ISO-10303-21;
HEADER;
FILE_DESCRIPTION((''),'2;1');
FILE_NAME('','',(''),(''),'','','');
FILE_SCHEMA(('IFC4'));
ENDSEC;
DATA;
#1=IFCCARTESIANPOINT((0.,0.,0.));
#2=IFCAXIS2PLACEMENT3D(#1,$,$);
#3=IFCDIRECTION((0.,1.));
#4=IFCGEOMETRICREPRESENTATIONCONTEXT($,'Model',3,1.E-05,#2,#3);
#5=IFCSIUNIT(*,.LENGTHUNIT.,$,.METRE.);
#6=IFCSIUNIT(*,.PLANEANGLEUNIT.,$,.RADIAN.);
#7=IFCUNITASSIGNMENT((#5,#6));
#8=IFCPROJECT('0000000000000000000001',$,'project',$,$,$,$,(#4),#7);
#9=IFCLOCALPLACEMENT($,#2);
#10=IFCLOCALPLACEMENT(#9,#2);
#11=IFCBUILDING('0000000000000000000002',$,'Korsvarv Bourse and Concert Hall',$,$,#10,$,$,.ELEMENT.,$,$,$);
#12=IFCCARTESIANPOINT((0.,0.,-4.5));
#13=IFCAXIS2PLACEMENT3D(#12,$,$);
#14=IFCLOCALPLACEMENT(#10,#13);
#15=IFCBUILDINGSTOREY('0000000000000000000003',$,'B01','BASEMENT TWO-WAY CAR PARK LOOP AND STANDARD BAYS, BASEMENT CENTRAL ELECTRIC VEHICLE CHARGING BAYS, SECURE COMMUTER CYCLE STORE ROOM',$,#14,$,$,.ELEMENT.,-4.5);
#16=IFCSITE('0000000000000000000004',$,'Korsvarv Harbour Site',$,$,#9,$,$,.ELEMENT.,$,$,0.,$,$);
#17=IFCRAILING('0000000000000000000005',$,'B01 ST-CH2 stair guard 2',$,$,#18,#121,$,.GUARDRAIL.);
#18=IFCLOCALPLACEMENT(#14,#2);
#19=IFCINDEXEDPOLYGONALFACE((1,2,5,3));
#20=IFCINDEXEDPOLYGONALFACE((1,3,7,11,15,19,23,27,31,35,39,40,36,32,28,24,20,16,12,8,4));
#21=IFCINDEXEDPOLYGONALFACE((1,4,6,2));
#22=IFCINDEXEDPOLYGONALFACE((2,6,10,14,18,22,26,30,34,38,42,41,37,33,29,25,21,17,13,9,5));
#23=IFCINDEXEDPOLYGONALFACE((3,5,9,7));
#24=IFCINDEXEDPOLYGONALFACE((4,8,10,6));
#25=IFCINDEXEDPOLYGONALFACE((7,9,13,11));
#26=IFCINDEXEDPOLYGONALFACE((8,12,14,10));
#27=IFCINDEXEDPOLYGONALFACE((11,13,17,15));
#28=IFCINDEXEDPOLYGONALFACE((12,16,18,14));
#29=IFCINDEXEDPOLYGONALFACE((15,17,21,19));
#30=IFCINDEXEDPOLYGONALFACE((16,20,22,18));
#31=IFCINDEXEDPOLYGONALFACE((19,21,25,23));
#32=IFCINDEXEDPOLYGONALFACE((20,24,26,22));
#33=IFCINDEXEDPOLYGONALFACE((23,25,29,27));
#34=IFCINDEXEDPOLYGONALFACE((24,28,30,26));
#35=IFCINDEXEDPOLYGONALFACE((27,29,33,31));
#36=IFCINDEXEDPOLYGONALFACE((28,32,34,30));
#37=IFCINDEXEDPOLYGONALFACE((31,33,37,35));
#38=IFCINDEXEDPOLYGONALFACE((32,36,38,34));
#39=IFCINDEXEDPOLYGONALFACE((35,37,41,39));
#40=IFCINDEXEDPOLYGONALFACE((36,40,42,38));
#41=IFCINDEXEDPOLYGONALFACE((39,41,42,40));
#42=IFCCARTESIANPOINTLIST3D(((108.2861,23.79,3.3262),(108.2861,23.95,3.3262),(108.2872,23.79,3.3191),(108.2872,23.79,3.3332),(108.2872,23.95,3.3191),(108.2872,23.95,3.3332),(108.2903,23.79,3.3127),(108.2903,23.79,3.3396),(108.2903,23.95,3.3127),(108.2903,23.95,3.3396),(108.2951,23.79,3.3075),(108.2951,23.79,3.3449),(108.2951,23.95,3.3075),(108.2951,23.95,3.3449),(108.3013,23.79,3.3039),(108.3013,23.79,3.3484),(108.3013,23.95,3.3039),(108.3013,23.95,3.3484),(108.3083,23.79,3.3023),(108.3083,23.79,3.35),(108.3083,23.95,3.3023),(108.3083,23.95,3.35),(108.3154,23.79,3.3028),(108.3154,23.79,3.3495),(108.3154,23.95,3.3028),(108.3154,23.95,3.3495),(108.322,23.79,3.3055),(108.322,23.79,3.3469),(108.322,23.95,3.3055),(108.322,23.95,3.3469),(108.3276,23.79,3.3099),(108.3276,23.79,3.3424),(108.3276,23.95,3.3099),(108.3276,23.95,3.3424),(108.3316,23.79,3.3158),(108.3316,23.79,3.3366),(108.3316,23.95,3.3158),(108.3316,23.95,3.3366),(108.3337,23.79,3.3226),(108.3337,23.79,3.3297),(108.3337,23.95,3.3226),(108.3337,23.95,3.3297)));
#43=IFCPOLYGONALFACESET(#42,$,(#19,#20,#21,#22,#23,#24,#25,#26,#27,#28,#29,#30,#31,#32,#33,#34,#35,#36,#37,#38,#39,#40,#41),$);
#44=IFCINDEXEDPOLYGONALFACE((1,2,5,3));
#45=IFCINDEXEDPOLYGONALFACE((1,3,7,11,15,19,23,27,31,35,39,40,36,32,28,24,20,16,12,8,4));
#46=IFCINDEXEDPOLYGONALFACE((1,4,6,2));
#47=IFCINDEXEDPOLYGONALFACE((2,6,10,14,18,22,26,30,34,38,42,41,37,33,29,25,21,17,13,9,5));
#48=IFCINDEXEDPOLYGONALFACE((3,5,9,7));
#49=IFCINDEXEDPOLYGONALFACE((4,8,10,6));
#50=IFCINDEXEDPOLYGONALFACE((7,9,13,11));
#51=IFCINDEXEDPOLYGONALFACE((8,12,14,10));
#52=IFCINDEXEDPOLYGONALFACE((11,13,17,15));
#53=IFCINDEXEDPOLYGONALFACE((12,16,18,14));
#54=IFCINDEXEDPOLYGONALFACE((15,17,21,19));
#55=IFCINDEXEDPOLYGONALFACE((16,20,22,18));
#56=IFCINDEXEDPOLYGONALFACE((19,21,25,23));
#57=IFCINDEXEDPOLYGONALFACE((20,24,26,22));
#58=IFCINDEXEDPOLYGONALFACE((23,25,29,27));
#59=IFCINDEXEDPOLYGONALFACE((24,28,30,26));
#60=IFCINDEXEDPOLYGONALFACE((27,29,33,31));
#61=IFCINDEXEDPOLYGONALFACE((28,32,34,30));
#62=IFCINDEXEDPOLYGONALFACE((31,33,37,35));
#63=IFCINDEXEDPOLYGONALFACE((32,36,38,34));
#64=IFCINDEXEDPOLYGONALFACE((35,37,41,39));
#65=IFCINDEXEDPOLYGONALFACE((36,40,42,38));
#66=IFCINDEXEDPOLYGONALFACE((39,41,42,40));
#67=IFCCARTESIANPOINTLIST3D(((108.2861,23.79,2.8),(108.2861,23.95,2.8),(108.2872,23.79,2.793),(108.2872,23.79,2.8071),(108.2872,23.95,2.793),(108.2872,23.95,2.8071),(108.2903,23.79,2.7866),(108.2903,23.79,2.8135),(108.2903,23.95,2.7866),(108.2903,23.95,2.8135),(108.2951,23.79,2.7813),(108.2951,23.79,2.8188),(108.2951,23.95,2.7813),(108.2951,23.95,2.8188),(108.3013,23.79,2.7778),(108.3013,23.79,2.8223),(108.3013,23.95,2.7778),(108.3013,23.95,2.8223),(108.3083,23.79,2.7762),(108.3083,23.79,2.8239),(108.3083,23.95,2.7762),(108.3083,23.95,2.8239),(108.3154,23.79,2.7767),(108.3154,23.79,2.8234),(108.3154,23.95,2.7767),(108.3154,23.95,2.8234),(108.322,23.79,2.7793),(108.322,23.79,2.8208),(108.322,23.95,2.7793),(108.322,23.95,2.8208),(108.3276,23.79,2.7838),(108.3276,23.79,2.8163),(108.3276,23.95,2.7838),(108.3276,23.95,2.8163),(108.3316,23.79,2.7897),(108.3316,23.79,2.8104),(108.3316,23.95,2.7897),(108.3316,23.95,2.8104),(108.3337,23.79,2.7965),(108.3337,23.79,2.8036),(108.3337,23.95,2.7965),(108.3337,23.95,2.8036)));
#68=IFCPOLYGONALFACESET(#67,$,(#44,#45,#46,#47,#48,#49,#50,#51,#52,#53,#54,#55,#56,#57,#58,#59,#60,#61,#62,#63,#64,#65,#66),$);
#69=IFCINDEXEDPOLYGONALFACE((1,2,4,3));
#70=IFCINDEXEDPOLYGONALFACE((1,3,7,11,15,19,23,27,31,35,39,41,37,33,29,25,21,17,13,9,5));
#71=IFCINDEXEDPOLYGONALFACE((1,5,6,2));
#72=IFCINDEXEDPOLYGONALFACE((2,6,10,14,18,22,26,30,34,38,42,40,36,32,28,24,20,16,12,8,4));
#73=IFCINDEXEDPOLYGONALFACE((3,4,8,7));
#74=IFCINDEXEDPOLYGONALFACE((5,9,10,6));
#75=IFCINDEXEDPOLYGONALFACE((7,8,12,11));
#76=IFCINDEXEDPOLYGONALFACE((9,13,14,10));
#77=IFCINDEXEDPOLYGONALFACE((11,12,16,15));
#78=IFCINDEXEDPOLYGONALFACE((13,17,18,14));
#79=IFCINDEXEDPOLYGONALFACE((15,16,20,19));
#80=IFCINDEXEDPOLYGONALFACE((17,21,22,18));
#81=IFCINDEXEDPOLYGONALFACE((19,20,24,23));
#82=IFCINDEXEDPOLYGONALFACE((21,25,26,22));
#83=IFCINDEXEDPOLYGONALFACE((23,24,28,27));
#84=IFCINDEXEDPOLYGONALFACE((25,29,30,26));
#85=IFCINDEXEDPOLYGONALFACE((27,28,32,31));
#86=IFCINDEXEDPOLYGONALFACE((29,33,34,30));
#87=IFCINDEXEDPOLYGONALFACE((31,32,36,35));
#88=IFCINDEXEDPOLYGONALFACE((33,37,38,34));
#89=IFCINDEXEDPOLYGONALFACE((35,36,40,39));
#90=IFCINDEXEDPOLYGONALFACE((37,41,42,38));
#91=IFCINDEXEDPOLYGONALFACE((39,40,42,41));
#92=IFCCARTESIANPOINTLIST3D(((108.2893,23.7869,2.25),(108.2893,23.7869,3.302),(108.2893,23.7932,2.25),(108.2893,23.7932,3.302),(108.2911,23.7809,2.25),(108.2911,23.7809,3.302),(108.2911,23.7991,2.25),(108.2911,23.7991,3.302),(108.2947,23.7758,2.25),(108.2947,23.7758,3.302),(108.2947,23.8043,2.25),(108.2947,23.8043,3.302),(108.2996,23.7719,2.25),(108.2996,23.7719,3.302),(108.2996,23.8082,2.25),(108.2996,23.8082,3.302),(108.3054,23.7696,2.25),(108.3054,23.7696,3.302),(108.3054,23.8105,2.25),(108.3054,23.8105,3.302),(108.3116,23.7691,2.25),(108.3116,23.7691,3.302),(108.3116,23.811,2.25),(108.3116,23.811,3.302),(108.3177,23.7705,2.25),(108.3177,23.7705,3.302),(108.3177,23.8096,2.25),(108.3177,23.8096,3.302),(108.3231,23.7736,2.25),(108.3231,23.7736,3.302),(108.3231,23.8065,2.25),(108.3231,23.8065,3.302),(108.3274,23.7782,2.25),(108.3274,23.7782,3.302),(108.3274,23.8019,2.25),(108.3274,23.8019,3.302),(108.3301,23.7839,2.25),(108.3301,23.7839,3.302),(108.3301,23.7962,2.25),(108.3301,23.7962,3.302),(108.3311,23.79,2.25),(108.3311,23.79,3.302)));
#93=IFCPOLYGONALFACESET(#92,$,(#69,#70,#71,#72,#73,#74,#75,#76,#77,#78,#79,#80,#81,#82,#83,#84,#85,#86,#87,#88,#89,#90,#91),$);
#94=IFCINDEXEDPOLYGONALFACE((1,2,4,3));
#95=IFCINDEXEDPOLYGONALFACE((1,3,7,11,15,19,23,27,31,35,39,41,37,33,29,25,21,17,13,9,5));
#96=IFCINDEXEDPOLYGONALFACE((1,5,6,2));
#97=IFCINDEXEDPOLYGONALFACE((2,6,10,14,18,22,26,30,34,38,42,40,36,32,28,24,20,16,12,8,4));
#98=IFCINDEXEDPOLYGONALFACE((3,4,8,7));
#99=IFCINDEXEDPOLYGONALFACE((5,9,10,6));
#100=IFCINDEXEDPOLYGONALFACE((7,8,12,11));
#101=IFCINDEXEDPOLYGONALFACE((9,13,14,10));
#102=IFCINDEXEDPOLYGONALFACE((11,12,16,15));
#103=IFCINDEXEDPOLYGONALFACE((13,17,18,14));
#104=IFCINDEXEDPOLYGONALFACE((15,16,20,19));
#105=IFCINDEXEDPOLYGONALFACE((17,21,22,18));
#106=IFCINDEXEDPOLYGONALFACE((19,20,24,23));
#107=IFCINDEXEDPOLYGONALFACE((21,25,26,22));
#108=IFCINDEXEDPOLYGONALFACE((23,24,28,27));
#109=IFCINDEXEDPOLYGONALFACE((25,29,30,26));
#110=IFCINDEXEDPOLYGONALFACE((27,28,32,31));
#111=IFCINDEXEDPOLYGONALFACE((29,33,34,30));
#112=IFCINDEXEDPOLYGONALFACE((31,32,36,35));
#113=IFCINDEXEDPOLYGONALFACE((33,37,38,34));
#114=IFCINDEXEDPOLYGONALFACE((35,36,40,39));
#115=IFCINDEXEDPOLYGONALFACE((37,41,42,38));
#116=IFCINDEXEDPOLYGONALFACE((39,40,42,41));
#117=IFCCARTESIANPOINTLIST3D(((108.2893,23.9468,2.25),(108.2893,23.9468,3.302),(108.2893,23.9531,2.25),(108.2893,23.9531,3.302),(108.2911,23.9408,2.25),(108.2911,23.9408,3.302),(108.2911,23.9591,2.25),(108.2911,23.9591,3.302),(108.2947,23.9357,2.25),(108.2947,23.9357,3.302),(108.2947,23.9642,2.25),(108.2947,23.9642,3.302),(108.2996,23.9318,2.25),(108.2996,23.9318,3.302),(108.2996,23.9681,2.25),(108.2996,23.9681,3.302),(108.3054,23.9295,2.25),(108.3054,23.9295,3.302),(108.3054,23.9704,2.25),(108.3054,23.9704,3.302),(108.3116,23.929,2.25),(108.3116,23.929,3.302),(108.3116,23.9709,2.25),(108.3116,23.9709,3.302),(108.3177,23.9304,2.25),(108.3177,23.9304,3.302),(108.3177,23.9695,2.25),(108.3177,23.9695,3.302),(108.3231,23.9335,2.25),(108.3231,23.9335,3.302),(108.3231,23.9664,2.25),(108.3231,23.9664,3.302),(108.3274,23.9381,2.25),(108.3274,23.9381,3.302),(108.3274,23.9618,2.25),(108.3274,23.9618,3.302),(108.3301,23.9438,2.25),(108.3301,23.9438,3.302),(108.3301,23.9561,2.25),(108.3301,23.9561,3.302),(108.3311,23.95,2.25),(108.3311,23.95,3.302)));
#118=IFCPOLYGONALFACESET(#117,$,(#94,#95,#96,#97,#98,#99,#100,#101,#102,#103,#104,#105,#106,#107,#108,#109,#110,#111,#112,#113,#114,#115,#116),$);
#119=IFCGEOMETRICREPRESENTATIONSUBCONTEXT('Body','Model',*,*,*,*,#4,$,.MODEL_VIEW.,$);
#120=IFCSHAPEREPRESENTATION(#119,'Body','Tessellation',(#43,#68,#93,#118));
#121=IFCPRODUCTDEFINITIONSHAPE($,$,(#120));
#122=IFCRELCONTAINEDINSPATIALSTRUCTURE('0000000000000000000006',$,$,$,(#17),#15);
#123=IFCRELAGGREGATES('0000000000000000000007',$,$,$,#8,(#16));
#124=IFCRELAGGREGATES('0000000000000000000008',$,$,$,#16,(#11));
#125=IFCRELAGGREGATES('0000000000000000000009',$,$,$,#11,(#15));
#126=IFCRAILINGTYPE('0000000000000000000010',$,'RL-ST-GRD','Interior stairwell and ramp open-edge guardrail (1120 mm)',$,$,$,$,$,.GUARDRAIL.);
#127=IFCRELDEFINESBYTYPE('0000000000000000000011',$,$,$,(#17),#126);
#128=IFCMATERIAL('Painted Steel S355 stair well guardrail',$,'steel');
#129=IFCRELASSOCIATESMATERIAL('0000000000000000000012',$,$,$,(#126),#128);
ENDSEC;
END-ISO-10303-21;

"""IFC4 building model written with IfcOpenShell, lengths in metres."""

from ifc_helpers import new_model, si_unit, direction, frame, origin, origin_2d, place, context, subcontext, project, spatial, circle, extrude, material, type_object, element, save


model = new_model("IFC4")

# Units and contexts
model_context = context("Model", 3, precision=1e-05, world=origin(), true_north=direction((0.0, 1.0)))
body_context = subcontext(model_context, "Body", "Model", "MODEL_VIEW")
ifc_project = project(units=[si_unit("LENGTHUNIT", "METRE"), si_unit("PLANEANGLEUNIT", "RADIAN")], contexts=[model_context])

# Site, building, storey
site_placement = place(None, origin())
site = spatial("IfcSite", under=ifc_project, at=site_placement, Name="Korsvarv Harbour Site", CompositionType="ELEMENT", RefElevation=0.0)
building_placement = place(site_placement, origin())
building = spatial("IfcBuilding", under=site, at=building_placement, Name="Korsvarv Bourse and Concert Hall", CompositionType="ELEMENT")
storey_placement = place(building_placement, frame((0.0, 0.0, -4.5)))
storey = spatial("IfcBuildingStorey", under=building, at=storey_placement, Name="B01", Description="BASEMENT TWO-WAY CAR PARK LOOP AND STANDARD BAYS, BASEMENT CENTRAL ELECTRIC VEHICLE CHARGING BAYS, SECURE COMMUTER CYCLE STORE ROOM", CompositionType="ELEMENT", Elevation=-4.5)

# Railing
ifc_material_1 = material(Name="Painted Steel S355 stair well guardrail", Category="steel")
railing_type_1 = type_object("IfcRailingType", Name="RL-ST-GRD", Description="Interior stairwell and ramp open-edge guardrail (1120 mm)", PredefinedType="GUARDRAIL", material=ifc_material_1)
railing_1_placement = place(storey_placement, frame((108.3101, 23.79, 2.25)))
element("IfcRailing", 1, at=railing_1_placement, inside=storey, type_object=railing_type_1, Name="B01 ST-CH2 stair guard 2", PredefinedType="GUARDRAIL", context=body_context, shape_type="SweptSolid", body=[
    extrude(circle(Radius=0.0239, at=origin_2d()), frame((0.0, 0.0, 1.0762), z_axis=(0.0, 1.0, 0.0), x_axis=(-1.0, 0.0, 0.0)), (0.0, 0.0, 1.0), 0.1599),
    extrude(circle(Radius=0.0239, at=origin_2d()), frame((0.0, 0.0, 0.55), z_axis=(0.0, 1.0, 0.0), x_axis=(-1.0, 0.0, 0.0)), (0.0, 0.0, 1.0), 0.1599),
    extrude(circle(Radius=0.021, at=origin_2d()), origin(), (0.0, 0.0, 1.0), 1.052),
    extrude(circle(Radius=0.021, at=origin_2d()), frame((0.0, 0.1599, 0.0)), (0.0, 0.0, 1.0), 1.052),
])

save(model, "model.ifc")
